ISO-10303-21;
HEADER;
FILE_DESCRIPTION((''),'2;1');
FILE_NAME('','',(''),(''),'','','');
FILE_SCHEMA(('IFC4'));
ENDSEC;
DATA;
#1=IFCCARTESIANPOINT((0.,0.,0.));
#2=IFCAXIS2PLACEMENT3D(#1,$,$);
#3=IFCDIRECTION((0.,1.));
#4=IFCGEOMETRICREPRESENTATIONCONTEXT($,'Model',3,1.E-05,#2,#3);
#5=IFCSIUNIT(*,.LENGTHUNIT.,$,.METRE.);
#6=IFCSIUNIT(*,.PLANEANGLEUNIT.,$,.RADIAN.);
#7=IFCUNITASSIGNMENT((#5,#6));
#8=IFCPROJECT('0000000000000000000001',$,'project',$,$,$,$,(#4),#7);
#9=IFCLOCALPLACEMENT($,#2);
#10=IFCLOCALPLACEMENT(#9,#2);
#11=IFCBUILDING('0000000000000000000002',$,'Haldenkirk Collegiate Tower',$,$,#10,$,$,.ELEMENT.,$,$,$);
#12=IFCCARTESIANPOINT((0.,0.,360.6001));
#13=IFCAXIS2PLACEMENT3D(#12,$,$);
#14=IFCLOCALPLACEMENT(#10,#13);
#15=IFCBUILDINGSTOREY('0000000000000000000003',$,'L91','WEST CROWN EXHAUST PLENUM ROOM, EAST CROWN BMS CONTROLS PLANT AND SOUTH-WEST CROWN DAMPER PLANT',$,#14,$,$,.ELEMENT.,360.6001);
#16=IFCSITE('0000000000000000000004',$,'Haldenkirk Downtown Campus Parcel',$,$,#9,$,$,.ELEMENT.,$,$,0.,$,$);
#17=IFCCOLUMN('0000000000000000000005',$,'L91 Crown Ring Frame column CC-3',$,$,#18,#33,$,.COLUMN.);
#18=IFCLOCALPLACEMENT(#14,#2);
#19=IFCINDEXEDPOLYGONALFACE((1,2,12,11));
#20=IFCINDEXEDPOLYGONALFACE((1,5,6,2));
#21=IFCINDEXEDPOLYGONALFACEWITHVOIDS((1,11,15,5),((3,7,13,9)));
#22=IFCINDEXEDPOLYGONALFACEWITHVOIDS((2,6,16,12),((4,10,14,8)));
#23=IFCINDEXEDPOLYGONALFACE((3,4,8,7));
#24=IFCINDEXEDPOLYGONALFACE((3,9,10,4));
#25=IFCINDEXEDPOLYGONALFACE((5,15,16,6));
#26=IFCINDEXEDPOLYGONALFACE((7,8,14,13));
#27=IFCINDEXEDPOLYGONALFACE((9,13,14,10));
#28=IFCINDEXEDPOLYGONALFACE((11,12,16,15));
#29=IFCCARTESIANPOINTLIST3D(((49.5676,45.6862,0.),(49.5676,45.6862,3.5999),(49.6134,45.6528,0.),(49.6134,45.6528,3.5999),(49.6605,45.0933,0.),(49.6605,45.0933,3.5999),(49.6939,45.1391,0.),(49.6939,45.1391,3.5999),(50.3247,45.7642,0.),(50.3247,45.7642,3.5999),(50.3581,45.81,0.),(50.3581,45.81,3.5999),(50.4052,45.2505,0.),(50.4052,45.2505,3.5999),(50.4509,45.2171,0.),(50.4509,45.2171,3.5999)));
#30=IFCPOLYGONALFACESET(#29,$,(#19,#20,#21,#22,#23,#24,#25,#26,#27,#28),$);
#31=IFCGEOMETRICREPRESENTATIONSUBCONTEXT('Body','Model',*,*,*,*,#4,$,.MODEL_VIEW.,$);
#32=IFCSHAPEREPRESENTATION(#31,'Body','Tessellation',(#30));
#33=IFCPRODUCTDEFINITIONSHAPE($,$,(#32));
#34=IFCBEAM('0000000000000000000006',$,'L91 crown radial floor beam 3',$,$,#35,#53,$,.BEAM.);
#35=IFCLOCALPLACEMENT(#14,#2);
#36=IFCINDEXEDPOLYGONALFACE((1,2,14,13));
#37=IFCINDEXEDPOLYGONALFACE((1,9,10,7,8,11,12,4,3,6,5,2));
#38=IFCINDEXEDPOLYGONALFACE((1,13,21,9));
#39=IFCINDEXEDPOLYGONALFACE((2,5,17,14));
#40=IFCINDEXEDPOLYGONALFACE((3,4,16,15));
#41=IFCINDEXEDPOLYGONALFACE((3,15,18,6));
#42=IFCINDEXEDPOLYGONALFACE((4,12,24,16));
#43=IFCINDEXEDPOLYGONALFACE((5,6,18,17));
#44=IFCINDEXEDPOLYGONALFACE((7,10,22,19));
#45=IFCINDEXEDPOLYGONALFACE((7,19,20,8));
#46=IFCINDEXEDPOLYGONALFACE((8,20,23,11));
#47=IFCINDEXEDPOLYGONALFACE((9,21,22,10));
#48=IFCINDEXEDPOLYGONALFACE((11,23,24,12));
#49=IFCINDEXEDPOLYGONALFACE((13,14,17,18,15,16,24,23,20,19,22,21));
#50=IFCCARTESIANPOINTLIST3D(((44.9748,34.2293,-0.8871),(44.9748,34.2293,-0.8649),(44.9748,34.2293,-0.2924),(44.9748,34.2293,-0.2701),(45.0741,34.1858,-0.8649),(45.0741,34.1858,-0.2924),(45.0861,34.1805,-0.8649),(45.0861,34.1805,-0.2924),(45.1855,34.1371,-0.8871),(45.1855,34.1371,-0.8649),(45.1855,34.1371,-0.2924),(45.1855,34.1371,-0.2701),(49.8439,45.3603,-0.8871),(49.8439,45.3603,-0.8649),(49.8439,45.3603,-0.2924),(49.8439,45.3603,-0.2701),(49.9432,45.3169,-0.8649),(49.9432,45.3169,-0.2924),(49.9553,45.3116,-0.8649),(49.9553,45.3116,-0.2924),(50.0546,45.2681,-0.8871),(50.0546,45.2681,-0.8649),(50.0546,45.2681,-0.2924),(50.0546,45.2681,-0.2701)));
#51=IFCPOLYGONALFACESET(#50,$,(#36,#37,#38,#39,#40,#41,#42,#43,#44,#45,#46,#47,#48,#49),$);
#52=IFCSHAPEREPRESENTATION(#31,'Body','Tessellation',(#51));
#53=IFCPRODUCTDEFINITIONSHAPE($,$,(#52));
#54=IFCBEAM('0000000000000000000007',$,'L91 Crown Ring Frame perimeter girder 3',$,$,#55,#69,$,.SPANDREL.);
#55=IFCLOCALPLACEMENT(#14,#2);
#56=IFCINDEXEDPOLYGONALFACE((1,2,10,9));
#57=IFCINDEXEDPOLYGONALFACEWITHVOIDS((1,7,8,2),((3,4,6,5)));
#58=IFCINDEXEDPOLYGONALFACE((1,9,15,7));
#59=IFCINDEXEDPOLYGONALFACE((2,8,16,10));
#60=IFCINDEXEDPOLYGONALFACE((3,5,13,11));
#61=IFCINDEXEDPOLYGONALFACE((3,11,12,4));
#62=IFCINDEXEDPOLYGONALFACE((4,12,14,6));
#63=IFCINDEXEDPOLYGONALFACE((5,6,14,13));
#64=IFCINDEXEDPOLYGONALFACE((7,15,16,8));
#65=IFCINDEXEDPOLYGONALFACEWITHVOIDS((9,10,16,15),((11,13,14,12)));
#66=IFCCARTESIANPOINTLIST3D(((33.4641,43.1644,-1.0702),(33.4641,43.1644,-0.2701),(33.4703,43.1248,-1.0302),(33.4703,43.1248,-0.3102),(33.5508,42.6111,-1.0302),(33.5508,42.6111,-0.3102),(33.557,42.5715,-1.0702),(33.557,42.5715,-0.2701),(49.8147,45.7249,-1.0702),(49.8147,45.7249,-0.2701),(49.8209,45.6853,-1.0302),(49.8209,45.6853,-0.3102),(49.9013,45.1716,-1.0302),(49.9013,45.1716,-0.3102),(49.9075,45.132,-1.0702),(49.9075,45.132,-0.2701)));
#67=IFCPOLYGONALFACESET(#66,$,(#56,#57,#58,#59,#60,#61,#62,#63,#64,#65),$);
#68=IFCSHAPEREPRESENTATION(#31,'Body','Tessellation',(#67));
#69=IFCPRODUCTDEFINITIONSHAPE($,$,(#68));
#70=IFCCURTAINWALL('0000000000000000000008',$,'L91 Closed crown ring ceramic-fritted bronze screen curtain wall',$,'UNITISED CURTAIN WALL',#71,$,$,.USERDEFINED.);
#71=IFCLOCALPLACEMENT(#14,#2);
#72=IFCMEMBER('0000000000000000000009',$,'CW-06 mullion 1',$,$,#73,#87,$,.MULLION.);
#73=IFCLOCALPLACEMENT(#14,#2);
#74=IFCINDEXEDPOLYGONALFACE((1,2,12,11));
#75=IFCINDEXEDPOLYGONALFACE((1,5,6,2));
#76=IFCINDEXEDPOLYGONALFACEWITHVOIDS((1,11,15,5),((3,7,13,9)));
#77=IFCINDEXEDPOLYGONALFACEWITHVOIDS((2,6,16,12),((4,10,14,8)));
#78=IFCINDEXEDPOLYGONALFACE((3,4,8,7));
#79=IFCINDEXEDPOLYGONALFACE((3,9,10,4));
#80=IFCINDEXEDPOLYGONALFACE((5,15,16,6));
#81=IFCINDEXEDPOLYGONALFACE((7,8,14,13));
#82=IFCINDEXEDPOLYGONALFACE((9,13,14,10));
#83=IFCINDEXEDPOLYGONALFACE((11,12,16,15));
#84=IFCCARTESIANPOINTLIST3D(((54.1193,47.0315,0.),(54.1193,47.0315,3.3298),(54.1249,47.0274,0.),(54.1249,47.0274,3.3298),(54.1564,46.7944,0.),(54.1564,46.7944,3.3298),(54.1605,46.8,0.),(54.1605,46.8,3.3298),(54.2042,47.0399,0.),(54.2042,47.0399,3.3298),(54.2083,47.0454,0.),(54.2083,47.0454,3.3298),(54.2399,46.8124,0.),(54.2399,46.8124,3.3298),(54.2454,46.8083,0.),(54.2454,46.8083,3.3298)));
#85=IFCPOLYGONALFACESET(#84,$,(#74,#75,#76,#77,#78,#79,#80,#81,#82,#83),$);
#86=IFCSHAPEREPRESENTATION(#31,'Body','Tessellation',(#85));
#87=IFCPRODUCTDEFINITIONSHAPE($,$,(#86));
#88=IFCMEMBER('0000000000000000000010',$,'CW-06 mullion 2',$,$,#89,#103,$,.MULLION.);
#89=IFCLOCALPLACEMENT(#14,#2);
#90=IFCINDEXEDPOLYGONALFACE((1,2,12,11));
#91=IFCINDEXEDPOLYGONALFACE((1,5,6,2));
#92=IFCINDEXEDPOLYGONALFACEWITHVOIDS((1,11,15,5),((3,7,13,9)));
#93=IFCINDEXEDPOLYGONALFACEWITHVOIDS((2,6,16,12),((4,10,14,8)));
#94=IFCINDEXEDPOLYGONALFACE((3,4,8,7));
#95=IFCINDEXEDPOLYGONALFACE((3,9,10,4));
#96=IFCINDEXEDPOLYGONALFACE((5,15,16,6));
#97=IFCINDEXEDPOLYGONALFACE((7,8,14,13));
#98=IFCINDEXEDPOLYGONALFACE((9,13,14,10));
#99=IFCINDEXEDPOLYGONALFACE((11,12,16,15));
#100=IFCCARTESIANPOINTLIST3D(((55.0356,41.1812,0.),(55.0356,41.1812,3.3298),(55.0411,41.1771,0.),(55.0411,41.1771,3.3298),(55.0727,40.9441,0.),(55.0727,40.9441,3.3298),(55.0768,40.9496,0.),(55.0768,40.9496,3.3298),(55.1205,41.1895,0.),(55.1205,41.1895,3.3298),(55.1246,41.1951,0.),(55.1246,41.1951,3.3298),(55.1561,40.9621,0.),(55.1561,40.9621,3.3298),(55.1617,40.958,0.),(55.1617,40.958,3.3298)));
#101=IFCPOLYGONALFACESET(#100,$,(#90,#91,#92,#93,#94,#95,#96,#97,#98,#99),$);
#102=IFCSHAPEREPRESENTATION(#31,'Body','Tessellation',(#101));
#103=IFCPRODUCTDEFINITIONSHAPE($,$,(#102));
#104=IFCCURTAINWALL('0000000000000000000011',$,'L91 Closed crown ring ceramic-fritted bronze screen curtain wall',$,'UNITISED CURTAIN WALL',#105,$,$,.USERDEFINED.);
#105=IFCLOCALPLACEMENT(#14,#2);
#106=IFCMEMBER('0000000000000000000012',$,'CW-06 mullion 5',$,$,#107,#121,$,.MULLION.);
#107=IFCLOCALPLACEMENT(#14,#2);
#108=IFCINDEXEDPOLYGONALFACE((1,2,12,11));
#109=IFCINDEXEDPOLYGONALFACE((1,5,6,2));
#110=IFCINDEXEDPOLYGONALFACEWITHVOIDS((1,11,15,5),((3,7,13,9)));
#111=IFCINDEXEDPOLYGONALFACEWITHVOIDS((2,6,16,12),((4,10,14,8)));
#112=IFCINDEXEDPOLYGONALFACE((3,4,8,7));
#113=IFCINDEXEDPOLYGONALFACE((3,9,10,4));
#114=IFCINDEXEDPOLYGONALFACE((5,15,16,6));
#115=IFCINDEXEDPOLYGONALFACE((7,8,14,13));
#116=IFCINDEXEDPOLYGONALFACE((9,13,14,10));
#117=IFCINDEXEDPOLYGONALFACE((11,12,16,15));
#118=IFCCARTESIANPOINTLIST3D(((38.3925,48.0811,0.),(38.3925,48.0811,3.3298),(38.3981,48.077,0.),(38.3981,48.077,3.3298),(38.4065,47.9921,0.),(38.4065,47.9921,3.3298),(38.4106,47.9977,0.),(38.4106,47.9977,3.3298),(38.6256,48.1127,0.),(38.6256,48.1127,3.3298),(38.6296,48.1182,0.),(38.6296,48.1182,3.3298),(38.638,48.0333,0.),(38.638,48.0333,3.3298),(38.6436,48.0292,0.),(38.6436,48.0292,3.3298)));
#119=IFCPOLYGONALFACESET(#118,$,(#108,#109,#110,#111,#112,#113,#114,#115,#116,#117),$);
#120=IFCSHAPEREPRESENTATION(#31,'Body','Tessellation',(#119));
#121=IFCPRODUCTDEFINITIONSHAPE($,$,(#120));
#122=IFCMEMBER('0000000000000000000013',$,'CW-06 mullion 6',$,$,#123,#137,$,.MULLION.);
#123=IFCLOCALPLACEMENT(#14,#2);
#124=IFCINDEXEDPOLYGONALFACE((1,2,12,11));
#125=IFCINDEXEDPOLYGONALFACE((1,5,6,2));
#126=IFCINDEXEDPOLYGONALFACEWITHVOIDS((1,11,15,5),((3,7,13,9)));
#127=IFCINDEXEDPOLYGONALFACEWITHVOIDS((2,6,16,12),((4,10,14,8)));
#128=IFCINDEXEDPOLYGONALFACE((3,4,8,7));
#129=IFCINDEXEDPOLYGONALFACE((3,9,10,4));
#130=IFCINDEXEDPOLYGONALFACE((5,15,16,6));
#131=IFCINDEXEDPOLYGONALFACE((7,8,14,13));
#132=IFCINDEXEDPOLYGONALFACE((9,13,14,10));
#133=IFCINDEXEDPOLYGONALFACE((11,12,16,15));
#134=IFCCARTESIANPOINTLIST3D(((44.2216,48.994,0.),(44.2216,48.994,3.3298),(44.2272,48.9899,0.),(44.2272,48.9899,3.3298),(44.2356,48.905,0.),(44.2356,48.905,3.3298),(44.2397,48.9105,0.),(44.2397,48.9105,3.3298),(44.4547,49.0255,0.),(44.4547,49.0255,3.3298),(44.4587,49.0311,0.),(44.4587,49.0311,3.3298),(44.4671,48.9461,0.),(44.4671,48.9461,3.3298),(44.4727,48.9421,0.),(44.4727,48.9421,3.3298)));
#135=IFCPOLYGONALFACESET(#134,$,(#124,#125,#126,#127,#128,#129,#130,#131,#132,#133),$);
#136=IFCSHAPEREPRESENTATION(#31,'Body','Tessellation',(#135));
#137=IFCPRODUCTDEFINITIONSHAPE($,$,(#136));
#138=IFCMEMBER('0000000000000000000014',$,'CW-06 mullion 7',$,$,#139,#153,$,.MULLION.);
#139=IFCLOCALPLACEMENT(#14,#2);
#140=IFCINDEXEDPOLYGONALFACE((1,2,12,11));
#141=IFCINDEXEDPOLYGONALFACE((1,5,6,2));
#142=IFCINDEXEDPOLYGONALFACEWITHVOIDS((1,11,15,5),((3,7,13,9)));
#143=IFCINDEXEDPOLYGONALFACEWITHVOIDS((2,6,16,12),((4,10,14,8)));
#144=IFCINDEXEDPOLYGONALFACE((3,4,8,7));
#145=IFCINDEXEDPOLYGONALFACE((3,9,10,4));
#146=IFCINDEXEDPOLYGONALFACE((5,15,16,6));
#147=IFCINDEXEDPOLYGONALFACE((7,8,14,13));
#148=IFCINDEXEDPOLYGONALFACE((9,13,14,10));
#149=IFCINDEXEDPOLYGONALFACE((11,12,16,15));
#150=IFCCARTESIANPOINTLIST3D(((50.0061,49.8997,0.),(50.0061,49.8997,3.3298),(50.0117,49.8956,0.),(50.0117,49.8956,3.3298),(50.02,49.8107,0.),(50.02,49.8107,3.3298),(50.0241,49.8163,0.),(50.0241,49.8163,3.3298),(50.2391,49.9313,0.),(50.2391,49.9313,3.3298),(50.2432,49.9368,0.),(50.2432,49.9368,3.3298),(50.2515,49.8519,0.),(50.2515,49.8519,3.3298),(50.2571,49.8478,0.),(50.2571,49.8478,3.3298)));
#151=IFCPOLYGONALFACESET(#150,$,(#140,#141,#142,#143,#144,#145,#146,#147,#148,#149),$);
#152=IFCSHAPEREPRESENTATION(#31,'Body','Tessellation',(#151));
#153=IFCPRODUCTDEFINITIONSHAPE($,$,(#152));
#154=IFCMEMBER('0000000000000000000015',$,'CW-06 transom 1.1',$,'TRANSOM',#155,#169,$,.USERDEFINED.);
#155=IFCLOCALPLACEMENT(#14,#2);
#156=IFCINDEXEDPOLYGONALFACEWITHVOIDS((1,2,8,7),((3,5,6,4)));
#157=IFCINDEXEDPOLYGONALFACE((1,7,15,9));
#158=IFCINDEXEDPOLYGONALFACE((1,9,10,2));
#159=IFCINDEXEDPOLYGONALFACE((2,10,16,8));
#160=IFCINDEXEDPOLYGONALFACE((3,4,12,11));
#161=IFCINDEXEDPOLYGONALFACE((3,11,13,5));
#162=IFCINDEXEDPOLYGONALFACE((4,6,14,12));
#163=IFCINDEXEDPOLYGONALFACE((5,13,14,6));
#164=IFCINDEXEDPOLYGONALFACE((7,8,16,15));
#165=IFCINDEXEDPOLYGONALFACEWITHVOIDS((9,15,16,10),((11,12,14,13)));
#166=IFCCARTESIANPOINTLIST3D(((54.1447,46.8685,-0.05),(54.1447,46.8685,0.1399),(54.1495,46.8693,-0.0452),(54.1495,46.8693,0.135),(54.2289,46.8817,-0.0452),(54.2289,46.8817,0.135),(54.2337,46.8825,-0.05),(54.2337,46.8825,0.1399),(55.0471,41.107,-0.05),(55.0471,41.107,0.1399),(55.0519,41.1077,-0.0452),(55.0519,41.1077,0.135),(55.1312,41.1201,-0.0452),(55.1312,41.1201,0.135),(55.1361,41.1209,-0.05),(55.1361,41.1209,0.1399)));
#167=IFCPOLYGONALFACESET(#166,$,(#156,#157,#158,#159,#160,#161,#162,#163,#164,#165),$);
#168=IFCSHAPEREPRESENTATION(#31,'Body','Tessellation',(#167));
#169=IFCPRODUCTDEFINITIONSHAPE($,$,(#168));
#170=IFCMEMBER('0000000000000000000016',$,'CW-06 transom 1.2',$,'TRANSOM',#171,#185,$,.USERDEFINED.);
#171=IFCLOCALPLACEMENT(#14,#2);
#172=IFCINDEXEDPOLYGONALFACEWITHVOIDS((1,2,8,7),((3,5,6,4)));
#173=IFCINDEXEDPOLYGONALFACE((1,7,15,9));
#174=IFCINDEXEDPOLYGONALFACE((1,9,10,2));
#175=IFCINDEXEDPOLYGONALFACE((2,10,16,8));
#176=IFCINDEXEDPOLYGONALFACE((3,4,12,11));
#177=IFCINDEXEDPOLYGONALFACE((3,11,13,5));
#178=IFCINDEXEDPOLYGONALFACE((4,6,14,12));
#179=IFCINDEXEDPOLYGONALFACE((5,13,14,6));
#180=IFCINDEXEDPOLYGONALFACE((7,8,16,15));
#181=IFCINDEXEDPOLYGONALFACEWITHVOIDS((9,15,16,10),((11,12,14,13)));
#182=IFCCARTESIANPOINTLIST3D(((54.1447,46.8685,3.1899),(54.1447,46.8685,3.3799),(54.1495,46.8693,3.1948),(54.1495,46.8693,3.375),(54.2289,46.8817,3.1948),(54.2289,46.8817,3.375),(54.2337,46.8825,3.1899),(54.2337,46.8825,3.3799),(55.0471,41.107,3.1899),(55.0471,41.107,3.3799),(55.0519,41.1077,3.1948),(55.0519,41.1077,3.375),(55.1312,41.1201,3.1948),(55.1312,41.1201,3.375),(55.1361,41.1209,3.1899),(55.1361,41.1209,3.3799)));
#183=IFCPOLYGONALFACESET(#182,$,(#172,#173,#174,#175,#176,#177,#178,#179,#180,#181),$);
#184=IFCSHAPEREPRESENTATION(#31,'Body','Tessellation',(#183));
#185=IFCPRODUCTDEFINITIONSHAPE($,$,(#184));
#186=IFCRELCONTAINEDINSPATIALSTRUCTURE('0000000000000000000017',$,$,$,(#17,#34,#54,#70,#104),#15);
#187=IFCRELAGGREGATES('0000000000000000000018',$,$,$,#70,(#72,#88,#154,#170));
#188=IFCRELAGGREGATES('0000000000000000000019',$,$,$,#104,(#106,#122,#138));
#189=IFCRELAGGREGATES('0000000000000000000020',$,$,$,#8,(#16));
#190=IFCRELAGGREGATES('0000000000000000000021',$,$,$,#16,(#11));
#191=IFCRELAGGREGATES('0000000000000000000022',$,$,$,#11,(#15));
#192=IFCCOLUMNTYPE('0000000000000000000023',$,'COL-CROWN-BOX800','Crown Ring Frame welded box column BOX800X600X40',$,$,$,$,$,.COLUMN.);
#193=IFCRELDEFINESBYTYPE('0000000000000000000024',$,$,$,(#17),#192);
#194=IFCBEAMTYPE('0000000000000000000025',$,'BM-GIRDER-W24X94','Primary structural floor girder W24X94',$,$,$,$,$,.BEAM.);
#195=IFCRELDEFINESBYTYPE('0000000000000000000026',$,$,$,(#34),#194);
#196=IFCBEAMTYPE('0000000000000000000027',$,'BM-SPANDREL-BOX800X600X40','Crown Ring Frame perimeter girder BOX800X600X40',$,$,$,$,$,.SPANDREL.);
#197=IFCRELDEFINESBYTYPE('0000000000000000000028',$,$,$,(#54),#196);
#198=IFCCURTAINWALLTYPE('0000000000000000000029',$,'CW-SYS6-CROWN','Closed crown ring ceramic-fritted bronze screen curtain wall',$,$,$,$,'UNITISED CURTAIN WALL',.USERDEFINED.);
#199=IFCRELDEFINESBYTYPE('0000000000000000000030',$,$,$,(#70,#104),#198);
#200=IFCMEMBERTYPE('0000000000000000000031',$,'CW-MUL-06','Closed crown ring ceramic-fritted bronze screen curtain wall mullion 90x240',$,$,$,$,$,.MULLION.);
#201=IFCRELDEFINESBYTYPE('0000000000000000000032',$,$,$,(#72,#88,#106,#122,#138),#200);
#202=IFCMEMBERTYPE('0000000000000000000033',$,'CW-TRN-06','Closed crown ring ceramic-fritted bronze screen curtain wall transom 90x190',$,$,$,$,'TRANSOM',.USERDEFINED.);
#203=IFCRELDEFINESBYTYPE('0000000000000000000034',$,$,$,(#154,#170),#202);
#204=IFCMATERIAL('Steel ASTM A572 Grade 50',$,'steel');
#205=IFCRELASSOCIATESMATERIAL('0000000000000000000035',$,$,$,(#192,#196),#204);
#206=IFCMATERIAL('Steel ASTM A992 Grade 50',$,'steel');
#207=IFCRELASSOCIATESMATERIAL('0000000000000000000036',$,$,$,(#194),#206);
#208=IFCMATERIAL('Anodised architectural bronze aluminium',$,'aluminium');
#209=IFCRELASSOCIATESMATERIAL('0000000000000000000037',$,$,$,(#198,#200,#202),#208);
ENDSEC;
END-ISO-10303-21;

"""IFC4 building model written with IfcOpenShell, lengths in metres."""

from ifc_helpers import new_model, si_unit, direction, frame, origin, origin_2d, place, context, subcontext, project, spatial, hollow_rectangle, i_section, extrude, material, material_profile, profile_set, type_object, element, aggregate, save


model = new_model("IFC4")

# Units and contexts
model_context = context("Model", 3, precision=1e-05, world=origin(), true_north=direction((0.0, 1.0)))
body_context = subcontext(model_context, "Body", "Model", "MODEL_VIEW")
ifc_project = project(units=[si_unit("LENGTHUNIT", "METRE"), si_unit("PLANEANGLEUNIT", "RADIAN")], contexts=[model_context])

# Site, building, storey
site_placement = place(None, origin())
site = spatial("IfcSite", under=ifc_project, at=site_placement, Name="Haldenkirk Downtown Campus Parcel", CompositionType="ELEMENT", RefElevation=0.0)
building_placement = place(site_placement, origin())
building = spatial("IfcBuilding", under=site, at=building_placement, Name="Haldenkirk Collegiate Tower", CompositionType="ELEMENT")
storey_placement = place(building_placement, frame((0.0, 0.0, 360.6001)))
storey = spatial("IfcBuildingStorey", under=building, at=storey_placement, Name="L91", Description="WEST CROWN EXHAUST PLENUM ROOM, EAST CROWN BMS CONTROLS PLANT AND SOUTH-WEST CROWN DAMPER PLANT", CompositionType="ELEMENT", Elevation=360.6001)

# Column
ifc_material_1 = material(Name="Steel ASTM A572 Grade 50", Category="steel")
ifc_material_profile_1 = material_profile(ifc_material_1, hollow_rectangle(XDim=0.6001, YDim=0.8, WallThickness=0.04, at=origin_2d()), Name="BOX800X600X40")
ifc_profile_set_1 = profile_set([ifc_material_profile_1], Name="Steel ASTM A572 Grade 50")
column_type = type_object("IfcColumnType", Name="COL-CROWN-BOX800", Description="Crown Ring Frame welded box column BOX800X600X40", PredefinedType="COLUMN", material=ifc_profile_set_1)
column_placement = place(storey_placement, frame((50.0093, 45.4517, 0.0), z_axis=(0.0, 0.0, 1.0), x_axis=(-0.15471, 0.98796, 0.0)))
element("IfcColumn", 1, at=column_placement, inside=storey, type_object=column_type, Name="L91 Crown Ring Frame column CC-3", PredefinedType="COLUMN", context=body_context, shape_type="SweptSolid", body=[
    extrude(hollow_rectangle(XDim=0.6001, YDim=0.8, WallThickness=0.04, at=origin_2d()), origin(), (0.0, 0.0, 1.0), 3.5999),
])

# Beams
ifc_material_2 = material(Name="Steel ASTM A992 Grade 50", Category="steel")
ifc_material_profile_2 = material_profile(ifc_material_2, i_section(OverallWidth=0.23, OverallDepth=0.6169, WebThickness=0.0132, FlangeThickness=0.0222, at=origin_2d()), Name="W24X94")
ifc_profile_set_2 = profile_set([ifc_material_profile_2], Name="Steel ASTM A992 Grade 50")
beam_type_1 = type_object("IfcBeamType", Name="BM-GIRDER-W24X94", Description="Primary structural floor girder W24X94", PredefinedType="BEAM", material=ifc_profile_set_2)
beam_1_placement = place(storey_placement, frame((49.9492, 45.3142, -0.5786), z_axis=(-0.400769, -0.916179, 0.0), x_axis=(0.916179, -0.400769, 0.0)))
element("IfcBeam", 2, at=beam_1_placement, inside=storey, type_object=beam_type_1, Name="L91 crown radial floor beam 3", PredefinedType="BEAM", context=body_context, shape_type="SweptSolid", body=[
    extrude(i_section(OverallWidth=0.23, OverallDepth=0.6169, WebThickness=0.0132, FlangeThickness=0.0222, at=origin_2d()), origin(), (0.0, 0.0, 1.0), 12.1494),
])
ifc_material_profile_3 = material_profile(ifc_material_1, hollow_rectangle(XDim=0.6001, YDim=0.8, WallThickness=0.04, at=origin_2d()), Name="BOX800X600X40")
ifc_profile_set_3 = profile_set([ifc_material_profile_3], Name="Steel ASTM A572 Grade 50")
beam_type_2 = type_object("IfcBeamType", Name="BM-SPANDREL-BOX800X600X40", Description="Crown Ring Frame perimeter girder BOX800X600X40", PredefinedType="SPANDREL", material=ifc_profile_set_3)
beam_2_placement = place(storey_placement, frame((49.8611, 45.4285, -0.6702), z_axis=(-0.987959, -0.154717, 0.0), x_axis=(0.154717, -0.987959, 0.0)))
element("IfcBeam", 3, at=beam_2_placement, inside=storey, type_object=beam_type_2, Name="L91 Crown Ring Frame perimeter girder 3", PredefinedType="SPANDREL", context=body_context, shape_type="SweptSolid", body=[
    extrude(hollow_rectangle(XDim=0.6001, YDim=0.8, WallThickness=0.04, at=origin_2d()), origin(), (0.0, 0.0, 1.0), 16.5498),
])

# Curtain walls, members
ifc_material_3 = material(Name="Anodised architectural bronze aluminium", Category="aluminium")
curtain_wall_type = type_object("IfcCurtainWallType", Name="CW-SYS6-CROWN", Description="Closed crown ring ceramic-fritted bronze screen curtain wall", ElementType="UNITISED CURTAIN WALL", PredefinedType="USERDEFINED", material=ifc_material_3)
curtain_wall_1_placement = place(storey_placement, origin())
curtain_wall_1 = element("IfcCurtainWall", 4, at=curtain_wall_1_placement, inside=storey, type_object=curtain_wall_type, Name="L91 Closed crown ring ceramic-fritted bronze screen curtain wall", ObjectType="UNITISED CURTAIN WALL", PredefinedType="USERDEFINED")
ifc_material_profile_4 = material_profile(ifc_material_3, hollow_rectangle(XDim=0.0901, YDim=0.24, WallThickness=0.0049, at=origin_2d()), Name="CW-MUL-06")
ifc_profile_set_4 = profile_set([ifc_material_profile_4], Name="Anodised architectural bronze aluminium")
member_type_1 = type_object("IfcMemberType", Name="CW-MUL-06", Description="Closed crown ring ceramic-fritted bronze screen curtain wall mullion 90x240", PredefinedType="MULLION", material=ifc_profile_set_4)
member_1_placement = place(storey_placement, frame((54.1824, 46.9199, 0.0), z_axis=(0.0, 0.0, 1.0), x_axis=(0.98796, 0.154713, 0.0)))
member_1 = element("IfcMember", 5, at=member_1_placement, type_object=member_type_1, Name="CW-06 mullion 1", PredefinedType="MULLION", context=body_context, shape_type="SweptSolid", body=[
    extrude(hollow_rectangle(XDim=0.0901, YDim=0.24, WallThickness=0.0049, at=origin_2d()), origin(), (0.0, 0.0, 1.0), 3.3298),
])
member_2_placement = place(storey_placement, frame((55.0986, 41.0696, 0.0), z_axis=(0.0, 0.0, 1.0), x_axis=(0.98796, 0.154713, 0.0)))
member_2 = element("IfcMember", 6, at=member_2_placement, type_object=member_type_1, Name="CW-06 mullion 2", PredefinedType="MULLION", context=body_context, shape_type="SweptSolid", body=[
    extrude(hollow_rectangle(XDim=0.0901, YDim=0.24, WallThickness=0.0049, at=origin_2d()), origin(), (0.0, 0.0, 1.0), 3.3298),
])
curtain_wall_2_placement = place(storey_placement, origin())
curtain_wall_2 = element("IfcCurtainWall", 7, at=curtain_wall_2_placement, inside=storey, type_object=curtain_wall_type, Name="L91 Closed crown ring ceramic-fritted bronze screen curtain wall", ObjectType="UNITISED CURTAIN WALL", PredefinedType="USERDEFINED")
member_3_placement = place(storey_placement, frame((38.5181, 48.0552, 0.0), z_axis=(0.0, 0.0, 1.0), x_axis=(-0.154709, 0.98796, 0.0)))
member_3 = element("IfcMember", 8, at=member_3_placement, type_object=member_type_1, Name="CW-06 mullion 5", PredefinedType="MULLION", context=body_context, shape_type="SweptSolid", body=[
    extrude(hollow_rectangle(XDim=0.0901, YDim=0.24, WallThickness=0.0049, at=origin_2d()), origin(), (0.0, 0.0, 1.0), 3.3298),
])
member_4_placement = place(storey_placement, frame((44.3472, 48.968, 0.0), z_axis=(0.0, 0.0, 1.0), x_axis=(-0.154709, 0.98796, 0.0)))
member_4 = element("IfcMember", 9, at=member_4_placement, type_object=member_type_1, Name="CW-06 mullion 6", PredefinedType="MULLION", context=body_context, shape_type="SweptSolid", body=[
    extrude(hollow_rectangle(XDim=0.0901, YDim=0.24, WallThickness=0.0049, at=origin_2d()), origin(), (0.0, 0.0, 1.0), 3.3298),
])
member_5_placement = place(storey_placement, frame((50.1316, 49.8738, 0.0), z_axis=(0.0, 0.0, 1.0), x_axis=(-0.154709, 0.98796, 0.0)))
member_5 = element("IfcMember", 10, at=member_5_placement, type_object=member_type_1, Name="CW-06 mullion 7", PredefinedType="MULLION", context=body_context, shape_type="SweptSolid", body=[
    extrude(hollow_rectangle(XDim=0.0901, YDim=0.24, WallThickness=0.0049, at=origin_2d()), origin(), (0.0, 0.0, 1.0), 3.3298),
])

# Members
ifc_material_profile_5 = material_profile(ifc_material_3, hollow_rectangle(XDim=0.0901, YDim=0.1899, WallThickness=0.0049, at=origin_2d()), Name="CW-TRN-06")
ifc_profile_set_5 = profile_set([ifc_material_profile_5], Name="Anodised architectural bronze aluminium")
member_type_2 = type_object("IfcMemberType", Name="CW-TRN-06", Description="Closed crown ring ceramic-fritted bronze screen curtain wall transom 90x190", ElementType="TRANSOM", PredefinedType="USERDEFINED", material=ifc_profile_set_5)
member_6_placement = place(storey_placement, frame((54.1892, 46.8755, 0.0449), z_axis=(0.154731, -0.987957, 0.0), x_axis=(0.987957, 0.154731, 0.0)))
member_6 = element("IfcMember", 11, at=member_6_placement, type_object=member_type_2, Name="CW-06 transom 1.1", ObjectType="TRANSOM", PredefinedType="USERDEFINED", context=body_context, shape_type="SweptSolid", body=[
    extrude(hollow_rectangle(XDim=0.0901, YDim=0.1899, WallThickness=0.0049, at=origin_2d()), origin(), (0.0, 0.0, 1.0), 5.8318),
])
member_7_placement = place(storey_placement, frame((54.1892, 46.8755, 3.2849), z_axis=(0.154731, -0.987957, 0.0), x_axis=(0.987957, 0.154731, 0.0)))
member_7 = element("IfcMember", 12, at=member_7_placement, type_object=member_type_2, Name="CW-06 transom 1.2", ObjectType="TRANSOM", PredefinedType="USERDEFINED", context=body_context, shape_type="SweptSolid", body=[
    extrude(hollow_rectangle(XDim=0.0901, YDim=0.1899, WallThickness=0.0049, at=origin_2d()), origin(), (0.0, 0.0, 1.0), 5.8318),
])

aggregate(curtain_wall_1, [member_1, member_2, member_6, member_7])
aggregate(curtain_wall_2, [member_3, member_4, member_5])

save(model, "model.ifc")
